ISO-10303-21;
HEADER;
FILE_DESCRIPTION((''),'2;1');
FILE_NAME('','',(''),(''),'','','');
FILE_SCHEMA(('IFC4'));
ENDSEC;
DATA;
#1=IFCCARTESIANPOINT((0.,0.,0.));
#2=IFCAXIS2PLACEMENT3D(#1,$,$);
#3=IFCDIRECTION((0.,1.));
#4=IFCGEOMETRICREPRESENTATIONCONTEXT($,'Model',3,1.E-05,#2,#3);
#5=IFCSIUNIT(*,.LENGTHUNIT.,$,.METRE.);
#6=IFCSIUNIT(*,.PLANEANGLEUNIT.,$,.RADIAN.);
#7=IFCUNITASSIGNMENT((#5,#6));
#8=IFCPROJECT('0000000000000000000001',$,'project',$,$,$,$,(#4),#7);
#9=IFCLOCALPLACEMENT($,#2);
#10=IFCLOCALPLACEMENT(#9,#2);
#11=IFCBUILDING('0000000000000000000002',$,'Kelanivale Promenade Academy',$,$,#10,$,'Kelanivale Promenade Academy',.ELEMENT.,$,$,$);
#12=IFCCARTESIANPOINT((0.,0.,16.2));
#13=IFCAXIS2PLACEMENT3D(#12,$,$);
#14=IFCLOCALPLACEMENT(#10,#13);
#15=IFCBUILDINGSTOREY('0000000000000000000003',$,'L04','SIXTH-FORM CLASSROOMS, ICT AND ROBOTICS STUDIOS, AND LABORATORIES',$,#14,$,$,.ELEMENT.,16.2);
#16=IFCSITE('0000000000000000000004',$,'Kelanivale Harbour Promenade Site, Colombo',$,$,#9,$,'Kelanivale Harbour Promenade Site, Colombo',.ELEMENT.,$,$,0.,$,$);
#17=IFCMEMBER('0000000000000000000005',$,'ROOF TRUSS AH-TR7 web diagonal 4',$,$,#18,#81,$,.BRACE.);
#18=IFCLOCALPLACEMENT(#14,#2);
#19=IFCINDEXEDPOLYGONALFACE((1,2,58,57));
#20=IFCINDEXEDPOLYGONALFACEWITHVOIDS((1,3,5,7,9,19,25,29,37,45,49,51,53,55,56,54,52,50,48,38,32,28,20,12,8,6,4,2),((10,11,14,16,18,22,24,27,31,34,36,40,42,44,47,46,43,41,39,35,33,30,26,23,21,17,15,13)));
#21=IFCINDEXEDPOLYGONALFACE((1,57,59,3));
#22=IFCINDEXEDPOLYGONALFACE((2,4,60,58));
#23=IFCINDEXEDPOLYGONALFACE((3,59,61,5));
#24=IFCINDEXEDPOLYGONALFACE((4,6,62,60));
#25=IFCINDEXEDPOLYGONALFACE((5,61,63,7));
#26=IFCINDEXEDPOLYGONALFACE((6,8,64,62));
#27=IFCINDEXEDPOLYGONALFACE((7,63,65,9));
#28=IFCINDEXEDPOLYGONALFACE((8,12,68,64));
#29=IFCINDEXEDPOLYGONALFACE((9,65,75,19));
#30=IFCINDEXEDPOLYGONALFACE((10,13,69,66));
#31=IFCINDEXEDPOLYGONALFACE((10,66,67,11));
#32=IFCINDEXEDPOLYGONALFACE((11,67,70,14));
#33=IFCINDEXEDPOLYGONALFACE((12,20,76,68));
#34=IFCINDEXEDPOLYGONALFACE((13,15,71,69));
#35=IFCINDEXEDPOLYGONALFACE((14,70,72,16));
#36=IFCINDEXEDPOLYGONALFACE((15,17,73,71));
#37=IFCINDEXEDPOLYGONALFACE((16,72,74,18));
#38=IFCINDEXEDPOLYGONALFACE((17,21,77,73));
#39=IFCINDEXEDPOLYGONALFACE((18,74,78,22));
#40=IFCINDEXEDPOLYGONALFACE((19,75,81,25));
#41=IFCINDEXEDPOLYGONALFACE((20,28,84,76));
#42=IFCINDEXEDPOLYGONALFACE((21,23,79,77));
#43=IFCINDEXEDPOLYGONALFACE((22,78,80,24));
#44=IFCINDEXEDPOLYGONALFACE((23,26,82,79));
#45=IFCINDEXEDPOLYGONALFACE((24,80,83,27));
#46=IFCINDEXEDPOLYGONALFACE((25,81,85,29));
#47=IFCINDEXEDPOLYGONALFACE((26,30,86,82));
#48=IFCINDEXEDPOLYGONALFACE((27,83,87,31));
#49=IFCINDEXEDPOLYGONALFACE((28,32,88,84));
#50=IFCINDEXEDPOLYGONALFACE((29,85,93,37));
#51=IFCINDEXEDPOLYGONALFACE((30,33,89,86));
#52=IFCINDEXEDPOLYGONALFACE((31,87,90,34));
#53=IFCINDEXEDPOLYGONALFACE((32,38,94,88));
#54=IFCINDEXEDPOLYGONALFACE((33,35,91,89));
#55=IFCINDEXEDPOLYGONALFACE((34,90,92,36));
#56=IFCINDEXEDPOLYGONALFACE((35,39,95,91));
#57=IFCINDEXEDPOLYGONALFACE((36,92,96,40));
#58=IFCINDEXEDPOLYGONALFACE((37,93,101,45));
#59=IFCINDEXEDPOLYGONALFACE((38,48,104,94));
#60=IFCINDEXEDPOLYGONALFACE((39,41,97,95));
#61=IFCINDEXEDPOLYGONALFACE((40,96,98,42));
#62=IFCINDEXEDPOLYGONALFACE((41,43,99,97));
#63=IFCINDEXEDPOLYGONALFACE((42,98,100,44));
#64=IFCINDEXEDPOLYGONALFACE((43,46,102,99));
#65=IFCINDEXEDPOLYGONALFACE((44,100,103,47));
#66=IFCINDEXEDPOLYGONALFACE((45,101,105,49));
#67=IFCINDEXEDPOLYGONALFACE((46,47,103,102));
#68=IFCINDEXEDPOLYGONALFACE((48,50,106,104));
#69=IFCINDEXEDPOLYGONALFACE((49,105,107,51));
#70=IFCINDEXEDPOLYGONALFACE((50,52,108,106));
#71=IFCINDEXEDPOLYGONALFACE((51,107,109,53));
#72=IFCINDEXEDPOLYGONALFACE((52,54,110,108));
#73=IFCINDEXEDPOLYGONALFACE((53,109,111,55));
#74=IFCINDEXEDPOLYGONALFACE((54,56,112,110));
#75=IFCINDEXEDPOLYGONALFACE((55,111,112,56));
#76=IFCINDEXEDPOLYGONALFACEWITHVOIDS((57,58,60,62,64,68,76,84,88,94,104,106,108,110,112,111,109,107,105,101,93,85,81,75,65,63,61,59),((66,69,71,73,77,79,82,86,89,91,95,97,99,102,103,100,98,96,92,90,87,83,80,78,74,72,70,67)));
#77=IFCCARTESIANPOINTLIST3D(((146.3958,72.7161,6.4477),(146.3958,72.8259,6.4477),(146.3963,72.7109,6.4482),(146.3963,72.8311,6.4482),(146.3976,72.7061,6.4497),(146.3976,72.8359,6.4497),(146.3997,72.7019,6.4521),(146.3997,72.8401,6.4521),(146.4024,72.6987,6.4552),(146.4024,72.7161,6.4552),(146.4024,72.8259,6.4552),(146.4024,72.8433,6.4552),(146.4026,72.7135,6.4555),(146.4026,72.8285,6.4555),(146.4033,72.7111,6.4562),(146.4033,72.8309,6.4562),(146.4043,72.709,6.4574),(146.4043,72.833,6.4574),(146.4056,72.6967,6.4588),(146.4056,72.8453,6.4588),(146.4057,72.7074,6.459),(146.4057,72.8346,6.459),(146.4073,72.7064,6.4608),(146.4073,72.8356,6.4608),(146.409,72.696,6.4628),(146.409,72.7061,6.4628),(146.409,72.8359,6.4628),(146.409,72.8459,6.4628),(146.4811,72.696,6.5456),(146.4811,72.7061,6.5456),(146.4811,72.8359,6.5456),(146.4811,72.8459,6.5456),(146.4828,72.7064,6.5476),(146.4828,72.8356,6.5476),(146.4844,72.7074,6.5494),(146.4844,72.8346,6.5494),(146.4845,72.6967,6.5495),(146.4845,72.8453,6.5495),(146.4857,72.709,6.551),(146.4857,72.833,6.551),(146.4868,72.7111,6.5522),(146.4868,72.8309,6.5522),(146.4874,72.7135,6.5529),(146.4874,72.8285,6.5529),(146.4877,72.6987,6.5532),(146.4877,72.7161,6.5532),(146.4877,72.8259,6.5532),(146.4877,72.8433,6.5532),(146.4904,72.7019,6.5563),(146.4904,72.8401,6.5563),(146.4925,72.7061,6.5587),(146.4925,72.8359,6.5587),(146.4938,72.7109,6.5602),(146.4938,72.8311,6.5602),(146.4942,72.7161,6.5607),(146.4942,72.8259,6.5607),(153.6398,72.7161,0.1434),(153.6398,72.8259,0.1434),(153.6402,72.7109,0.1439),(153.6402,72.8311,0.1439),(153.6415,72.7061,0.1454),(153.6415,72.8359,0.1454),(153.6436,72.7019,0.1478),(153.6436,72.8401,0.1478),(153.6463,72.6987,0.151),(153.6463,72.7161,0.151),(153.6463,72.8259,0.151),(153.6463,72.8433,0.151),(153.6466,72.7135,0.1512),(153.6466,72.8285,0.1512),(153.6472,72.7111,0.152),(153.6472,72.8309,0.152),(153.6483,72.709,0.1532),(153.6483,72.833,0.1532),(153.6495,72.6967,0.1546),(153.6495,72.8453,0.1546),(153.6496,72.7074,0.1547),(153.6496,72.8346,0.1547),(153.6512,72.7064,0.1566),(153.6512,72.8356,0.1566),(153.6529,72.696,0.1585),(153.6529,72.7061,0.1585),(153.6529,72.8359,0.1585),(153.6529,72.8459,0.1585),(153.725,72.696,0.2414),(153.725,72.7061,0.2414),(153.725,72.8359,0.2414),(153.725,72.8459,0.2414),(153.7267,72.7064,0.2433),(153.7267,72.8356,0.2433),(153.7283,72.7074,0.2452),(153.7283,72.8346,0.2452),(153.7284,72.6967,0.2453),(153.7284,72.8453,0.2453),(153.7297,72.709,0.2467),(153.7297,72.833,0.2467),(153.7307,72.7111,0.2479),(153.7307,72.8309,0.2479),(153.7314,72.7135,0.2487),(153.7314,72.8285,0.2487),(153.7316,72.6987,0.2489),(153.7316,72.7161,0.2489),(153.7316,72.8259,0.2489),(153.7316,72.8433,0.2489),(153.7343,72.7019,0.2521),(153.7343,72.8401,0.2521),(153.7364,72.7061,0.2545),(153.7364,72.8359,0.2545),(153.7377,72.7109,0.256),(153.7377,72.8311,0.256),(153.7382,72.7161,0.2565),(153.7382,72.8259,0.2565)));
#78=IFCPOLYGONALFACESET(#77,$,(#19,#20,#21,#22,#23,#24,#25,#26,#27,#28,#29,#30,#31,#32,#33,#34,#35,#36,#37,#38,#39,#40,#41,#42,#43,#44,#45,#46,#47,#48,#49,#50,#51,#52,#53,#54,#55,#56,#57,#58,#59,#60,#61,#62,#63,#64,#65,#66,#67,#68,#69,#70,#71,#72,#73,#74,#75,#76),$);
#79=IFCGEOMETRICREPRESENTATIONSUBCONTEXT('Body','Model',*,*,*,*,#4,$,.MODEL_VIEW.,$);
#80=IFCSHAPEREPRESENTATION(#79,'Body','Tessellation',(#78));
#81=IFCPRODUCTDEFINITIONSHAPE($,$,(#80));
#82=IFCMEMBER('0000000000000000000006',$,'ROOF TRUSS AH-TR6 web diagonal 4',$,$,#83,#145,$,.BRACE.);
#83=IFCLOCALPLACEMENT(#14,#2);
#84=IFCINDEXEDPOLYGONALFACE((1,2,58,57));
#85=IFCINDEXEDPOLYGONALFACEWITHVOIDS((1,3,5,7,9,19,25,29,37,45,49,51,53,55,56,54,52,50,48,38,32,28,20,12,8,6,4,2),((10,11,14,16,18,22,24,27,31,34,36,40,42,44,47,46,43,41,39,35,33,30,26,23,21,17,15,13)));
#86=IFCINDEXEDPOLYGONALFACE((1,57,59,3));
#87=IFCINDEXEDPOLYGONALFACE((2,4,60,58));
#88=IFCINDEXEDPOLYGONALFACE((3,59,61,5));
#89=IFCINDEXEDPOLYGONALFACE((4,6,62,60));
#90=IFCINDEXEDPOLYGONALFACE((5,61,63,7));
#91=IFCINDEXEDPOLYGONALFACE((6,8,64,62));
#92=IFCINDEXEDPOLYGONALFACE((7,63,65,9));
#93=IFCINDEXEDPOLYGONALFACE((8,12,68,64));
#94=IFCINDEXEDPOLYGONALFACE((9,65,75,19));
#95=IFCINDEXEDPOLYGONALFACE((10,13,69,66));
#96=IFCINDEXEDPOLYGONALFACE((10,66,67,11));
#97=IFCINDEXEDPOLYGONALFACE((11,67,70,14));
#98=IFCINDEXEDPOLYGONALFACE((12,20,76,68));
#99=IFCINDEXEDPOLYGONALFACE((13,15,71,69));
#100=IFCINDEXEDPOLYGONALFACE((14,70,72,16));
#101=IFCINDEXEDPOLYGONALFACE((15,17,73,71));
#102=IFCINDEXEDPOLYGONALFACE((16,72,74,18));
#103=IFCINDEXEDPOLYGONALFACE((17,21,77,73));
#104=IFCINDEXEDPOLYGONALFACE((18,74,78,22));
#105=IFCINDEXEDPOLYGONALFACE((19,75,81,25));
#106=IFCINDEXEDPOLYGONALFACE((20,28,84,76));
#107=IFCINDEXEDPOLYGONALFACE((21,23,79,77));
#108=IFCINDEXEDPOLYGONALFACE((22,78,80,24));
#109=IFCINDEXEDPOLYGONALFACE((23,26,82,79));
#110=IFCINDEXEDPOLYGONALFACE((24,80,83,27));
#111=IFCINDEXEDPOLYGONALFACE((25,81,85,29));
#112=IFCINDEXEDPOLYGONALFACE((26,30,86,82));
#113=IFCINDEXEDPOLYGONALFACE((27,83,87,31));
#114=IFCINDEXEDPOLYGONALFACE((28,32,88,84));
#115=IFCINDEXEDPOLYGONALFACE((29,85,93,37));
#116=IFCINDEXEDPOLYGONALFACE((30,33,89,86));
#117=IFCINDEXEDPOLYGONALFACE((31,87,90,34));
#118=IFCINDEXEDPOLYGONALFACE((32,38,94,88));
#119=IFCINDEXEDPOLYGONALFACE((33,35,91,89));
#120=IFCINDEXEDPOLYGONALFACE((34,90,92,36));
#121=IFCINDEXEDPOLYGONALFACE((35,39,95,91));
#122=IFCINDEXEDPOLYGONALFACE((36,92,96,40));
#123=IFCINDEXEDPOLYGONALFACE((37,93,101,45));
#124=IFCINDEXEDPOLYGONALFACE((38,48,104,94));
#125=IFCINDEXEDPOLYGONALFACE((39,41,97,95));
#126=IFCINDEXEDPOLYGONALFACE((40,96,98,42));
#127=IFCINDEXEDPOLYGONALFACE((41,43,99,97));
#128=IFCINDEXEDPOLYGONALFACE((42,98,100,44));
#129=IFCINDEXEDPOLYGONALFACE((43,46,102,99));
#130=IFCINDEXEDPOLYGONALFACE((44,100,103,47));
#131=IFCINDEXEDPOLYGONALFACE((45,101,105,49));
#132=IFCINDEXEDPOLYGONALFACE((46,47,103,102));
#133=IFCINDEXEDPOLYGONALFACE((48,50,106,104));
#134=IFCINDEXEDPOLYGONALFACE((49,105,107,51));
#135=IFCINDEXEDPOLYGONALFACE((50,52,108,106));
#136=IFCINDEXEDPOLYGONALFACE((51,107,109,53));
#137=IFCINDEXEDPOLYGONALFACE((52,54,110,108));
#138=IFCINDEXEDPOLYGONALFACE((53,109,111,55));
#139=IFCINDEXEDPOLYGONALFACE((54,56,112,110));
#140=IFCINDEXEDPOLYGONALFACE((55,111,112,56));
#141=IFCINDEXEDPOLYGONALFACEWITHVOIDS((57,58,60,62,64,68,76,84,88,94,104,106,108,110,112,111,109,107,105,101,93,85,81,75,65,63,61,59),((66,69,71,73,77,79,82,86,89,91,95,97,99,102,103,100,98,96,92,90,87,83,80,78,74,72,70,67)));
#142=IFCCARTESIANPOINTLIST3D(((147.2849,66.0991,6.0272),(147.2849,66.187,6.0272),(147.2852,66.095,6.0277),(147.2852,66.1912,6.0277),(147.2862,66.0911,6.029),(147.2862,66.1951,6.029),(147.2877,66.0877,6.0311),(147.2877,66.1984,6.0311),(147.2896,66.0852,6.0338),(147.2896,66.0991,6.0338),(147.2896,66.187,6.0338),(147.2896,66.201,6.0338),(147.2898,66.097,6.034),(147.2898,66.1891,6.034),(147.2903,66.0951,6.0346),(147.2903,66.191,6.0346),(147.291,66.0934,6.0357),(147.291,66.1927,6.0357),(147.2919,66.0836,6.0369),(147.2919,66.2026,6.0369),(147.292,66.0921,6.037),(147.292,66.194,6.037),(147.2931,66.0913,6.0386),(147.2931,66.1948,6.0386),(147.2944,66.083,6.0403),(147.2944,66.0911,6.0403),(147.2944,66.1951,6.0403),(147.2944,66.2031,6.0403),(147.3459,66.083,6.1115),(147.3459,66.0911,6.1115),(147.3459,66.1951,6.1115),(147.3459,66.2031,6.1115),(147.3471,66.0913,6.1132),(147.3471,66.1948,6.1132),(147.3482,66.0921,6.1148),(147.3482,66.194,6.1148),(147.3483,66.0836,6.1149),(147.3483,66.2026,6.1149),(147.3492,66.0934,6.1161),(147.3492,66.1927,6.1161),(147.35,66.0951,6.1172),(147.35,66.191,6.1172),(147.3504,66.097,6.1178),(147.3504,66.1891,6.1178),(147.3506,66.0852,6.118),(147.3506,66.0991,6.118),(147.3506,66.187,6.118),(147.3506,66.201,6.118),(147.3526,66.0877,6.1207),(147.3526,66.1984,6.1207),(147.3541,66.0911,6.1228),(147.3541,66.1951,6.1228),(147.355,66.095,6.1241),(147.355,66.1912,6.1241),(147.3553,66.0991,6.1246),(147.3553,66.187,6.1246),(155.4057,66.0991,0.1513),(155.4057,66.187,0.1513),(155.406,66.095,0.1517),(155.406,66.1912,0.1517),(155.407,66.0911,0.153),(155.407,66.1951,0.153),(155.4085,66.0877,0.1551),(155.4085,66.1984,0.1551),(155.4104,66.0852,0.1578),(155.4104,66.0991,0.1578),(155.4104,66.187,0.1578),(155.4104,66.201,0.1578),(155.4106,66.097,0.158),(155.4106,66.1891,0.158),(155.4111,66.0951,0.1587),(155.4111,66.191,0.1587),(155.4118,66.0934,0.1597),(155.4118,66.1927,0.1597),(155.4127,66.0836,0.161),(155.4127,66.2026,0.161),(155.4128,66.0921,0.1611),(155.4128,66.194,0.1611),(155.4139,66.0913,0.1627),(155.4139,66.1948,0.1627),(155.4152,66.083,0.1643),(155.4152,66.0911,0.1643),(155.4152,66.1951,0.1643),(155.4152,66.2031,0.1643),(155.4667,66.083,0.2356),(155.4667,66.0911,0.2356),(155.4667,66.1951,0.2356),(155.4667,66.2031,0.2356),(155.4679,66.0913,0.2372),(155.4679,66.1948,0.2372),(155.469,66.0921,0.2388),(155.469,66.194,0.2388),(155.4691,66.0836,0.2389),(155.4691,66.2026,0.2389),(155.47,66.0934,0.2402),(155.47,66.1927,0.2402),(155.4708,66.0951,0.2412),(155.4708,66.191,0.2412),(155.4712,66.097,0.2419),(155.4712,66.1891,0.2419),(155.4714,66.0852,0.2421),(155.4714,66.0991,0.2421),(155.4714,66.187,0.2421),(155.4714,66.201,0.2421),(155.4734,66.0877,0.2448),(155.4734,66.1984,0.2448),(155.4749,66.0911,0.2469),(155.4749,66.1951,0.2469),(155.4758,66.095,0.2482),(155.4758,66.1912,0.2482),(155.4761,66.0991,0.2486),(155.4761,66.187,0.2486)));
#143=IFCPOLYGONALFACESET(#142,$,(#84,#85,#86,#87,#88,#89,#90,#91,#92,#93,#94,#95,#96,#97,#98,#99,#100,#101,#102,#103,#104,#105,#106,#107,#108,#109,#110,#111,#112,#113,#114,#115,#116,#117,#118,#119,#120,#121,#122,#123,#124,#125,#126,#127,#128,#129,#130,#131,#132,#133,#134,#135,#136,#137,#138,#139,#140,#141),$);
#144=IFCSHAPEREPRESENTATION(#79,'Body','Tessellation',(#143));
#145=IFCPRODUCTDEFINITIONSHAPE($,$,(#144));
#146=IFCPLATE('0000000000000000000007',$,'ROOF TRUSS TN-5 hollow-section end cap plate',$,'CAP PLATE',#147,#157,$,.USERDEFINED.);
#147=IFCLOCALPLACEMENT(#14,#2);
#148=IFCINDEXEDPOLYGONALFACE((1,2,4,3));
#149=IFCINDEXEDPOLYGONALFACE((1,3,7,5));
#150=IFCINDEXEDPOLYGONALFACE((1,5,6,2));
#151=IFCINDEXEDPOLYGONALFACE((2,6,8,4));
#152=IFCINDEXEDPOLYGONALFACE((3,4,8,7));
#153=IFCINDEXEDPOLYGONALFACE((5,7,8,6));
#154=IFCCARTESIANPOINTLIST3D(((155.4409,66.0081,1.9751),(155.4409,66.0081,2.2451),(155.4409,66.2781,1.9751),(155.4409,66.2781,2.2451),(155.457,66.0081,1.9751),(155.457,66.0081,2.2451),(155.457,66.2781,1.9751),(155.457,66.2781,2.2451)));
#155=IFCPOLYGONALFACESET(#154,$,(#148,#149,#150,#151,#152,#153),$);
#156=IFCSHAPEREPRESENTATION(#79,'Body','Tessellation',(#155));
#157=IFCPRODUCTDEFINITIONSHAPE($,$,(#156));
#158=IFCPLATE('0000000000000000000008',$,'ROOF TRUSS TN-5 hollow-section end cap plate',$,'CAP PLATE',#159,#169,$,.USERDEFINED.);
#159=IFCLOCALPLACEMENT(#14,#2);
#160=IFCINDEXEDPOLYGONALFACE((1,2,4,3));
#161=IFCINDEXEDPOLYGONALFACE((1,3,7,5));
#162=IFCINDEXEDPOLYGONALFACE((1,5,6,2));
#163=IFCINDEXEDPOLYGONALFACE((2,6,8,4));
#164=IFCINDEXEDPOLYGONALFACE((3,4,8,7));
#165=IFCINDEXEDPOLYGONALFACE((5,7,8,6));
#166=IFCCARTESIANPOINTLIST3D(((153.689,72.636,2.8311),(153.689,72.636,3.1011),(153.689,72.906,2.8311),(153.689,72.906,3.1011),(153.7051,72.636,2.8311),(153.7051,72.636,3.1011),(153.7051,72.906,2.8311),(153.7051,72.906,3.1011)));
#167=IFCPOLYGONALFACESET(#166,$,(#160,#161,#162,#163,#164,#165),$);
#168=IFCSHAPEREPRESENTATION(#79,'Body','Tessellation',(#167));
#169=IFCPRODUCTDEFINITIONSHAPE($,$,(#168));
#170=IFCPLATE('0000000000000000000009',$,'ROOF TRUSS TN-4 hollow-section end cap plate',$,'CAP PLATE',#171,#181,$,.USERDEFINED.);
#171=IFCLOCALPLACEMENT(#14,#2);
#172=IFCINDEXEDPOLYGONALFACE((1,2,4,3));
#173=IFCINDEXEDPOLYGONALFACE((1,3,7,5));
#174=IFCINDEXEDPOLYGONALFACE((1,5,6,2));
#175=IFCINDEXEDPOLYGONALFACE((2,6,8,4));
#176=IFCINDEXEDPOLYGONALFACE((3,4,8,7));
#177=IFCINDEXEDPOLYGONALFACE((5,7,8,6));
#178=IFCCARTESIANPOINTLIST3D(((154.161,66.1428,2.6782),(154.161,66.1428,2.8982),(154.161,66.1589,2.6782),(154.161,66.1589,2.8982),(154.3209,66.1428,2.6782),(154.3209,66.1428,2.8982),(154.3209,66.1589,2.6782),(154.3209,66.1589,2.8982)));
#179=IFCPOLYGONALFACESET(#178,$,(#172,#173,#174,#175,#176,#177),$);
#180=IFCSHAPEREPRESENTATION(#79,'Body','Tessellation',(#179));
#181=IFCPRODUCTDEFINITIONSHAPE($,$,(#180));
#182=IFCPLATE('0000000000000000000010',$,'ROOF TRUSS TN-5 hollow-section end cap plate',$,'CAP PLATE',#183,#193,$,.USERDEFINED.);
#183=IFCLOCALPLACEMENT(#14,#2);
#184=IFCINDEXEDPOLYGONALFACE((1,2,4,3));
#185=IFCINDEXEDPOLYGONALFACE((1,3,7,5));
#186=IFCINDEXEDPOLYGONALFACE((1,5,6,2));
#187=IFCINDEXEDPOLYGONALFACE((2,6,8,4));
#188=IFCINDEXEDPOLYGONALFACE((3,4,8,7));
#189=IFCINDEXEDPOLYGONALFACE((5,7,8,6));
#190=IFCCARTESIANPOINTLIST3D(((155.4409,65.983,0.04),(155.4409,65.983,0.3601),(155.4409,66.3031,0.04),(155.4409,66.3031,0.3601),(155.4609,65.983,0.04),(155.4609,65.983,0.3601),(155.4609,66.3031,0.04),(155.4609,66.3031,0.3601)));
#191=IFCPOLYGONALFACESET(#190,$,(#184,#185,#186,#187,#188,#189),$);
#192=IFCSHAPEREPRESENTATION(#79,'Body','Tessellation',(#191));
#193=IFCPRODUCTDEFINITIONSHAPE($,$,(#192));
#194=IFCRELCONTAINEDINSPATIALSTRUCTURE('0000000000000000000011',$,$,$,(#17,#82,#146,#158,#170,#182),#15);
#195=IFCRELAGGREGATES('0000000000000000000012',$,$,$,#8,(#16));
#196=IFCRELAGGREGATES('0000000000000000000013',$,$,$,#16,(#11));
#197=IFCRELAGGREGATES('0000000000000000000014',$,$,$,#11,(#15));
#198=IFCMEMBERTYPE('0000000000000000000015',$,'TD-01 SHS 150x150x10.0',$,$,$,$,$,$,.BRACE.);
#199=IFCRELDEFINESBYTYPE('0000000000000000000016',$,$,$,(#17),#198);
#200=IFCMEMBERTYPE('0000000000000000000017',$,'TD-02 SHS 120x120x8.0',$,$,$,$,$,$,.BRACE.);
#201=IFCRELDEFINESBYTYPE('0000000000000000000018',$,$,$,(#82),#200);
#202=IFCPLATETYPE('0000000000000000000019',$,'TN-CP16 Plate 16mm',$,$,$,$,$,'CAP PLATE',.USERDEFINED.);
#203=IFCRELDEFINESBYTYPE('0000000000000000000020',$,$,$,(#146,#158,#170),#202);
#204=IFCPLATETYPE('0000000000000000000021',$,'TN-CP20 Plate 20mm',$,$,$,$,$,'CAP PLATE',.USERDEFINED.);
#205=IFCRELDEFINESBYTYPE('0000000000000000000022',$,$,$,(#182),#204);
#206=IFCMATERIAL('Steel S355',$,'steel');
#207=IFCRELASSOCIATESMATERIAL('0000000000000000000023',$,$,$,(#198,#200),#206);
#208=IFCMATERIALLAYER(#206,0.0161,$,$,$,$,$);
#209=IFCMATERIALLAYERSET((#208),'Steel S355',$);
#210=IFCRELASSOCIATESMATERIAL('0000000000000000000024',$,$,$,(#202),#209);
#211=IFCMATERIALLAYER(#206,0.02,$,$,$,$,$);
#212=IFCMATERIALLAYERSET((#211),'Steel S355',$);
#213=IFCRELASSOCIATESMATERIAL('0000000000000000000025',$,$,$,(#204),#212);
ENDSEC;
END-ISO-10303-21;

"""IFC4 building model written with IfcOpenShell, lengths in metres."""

from ifc_helpers import new_model, si_unit, direction, frame, origin, origin_2d, place, context, subcontext, project, spatial, rectangle, hollow_rectangle, extrude, material, layer, layer_set, material_profile, profile_set, type_object, element, save


model = new_model("IFC4")

# Units and contexts
model_context = context("Model", 3, precision=1e-05, world=origin(), true_north=direction((0.0, 1.0)))
body_context = subcontext(model_context, "Body", "Model", "MODEL_VIEW")
ifc_project = project(units=[si_unit("LENGTHUNIT", "METRE"), si_unit("PLANEANGLEUNIT", "RADIAN")], contexts=[model_context])

# Site, building, storey
site_placement = place(None, origin())
site = spatial("IfcSite", under=ifc_project, at=site_placement, Name="Kelanivale Harbour Promenade Site, Colombo", LongName="Kelanivale Harbour Promenade Site, Colombo", CompositionType="ELEMENT", RefElevation=0.0)
building_placement = place(site_placement, origin())
building = spatial("IfcBuilding", under=site, at=building_placement, Name="Kelanivale Promenade Academy", LongName="Kelanivale Promenade Academy", CompositionType="ELEMENT")
storey_placement = place(building_placement, frame((0.0, 0.0, 16.2)))
storey = spatial("IfcBuildingStorey", under=building, at=storey_placement, Name="L04", Description="SIXTH-FORM CLASSROOMS, ICT AND ROBOTICS STUDIOS, AND LABORATORIES", CompositionType="ELEMENT", Elevation=16.2)

# Shared definitions
ifc_material_1 = material(Name="Steel S355", Category="steel")

# Members
ifc_material_profile_1 = material_profile(ifc_material_1, hollow_rectangle(XDim=0.1499, YDim=0.1499, WallThickness=0.01, InnerFilletRadius=0.01, OuterFilletRadius=0.02, at=origin_2d()), Name="SHS 150x150x10.0")
ifc_profile_set_1 = profile_set([ifc_material_profile_1], Name="Steel S355")
member_type_1 = type_object("IfcMemberType", Name="TD-01 SHS 150x150x10.0", PredefinedType="BRACE", material=ifc_profile_set_1)
member_1_placement = place(storey_placement, frame((153.689, 72.771, 0.2), z_axis=(-0.754339, 0.0, 0.656485), x_axis=(0.0, -1.0, 0.0)))
element("IfcMember", 1, at=member_1_placement, inside=storey, type_object=member_type_1, Name="ROOF TRUSS AH-TR7 web diagonal 4", PredefinedType="BRACE", context=body_context, shape_type="SweptSolid", body=[
    extrude(hollow_rectangle(XDim=0.1499, YDim=0.1499, WallThickness=0.01, InnerFilletRadius=0.01, OuterFilletRadius=0.02, at=origin_2d()), origin(), (0.0, 0.0, 1.0), 9.603),
])
ifc_material_profile_2 = material_profile(ifc_material_1, hollow_rectangle(XDim=0.1201, YDim=0.1201, WallThickness=0.0081, InnerFilletRadius=0.0081, OuterFilletRadius=0.0161, at=origin_2d()), Name="SHS 120x120x8.0")
ifc_profile_set_2 = profile_set([ifc_material_profile_2], Name="Steel S355")
member_type_2 = type_object("IfcMemberType", Name="TD-02 SHS 120x120x8.0", PredefinedType="BRACE", material=ifc_profile_set_2)
member_2_placement = place(storey_placement, frame((155.4409, 66.1431, 0.2), z_axis=(-0.810162, 0.0, 0.586206), x_axis=(0.0, -1.0, 0.0)))
element("IfcMember", 2, at=member_2_placement, inside=storey, type_object=member_type_2, Name="ROOF TRUSS AH-TR6 web diagonal 4", PredefinedType="BRACE", context=body_context, shape_type="SweptSolid", body=[
    extrude(hollow_rectangle(XDim=0.1201, YDim=0.1201, WallThickness=0.0081, InnerFilletRadius=0.0081, OuterFilletRadius=0.0161, at=origin_2d()), origin(), (0.0, 0.0, 1.0), 10.0237),
])

# Plates
ifc_layer_1 = layer(ifc_material_1, 0.0161)
ifc_layer_set_1 = layer_set([ifc_layer_1], Name="Steel S355")
plate_type_1 = type_object("IfcPlateType", Name="TN-CP16 Plate 16mm", ElementType="CAP PLATE", PredefinedType="USERDEFINED", material=ifc_layer_set_1)
for number, where, z_axis, x_axis, name in (
    (3, (155.449, 66.1431, 1.9751), (0.0, 0.0, 1.0), (1.0, 0.0, 0.0), "ROOF TRUSS TN-5 hollow-section end cap plate"),
    (4, (153.697, 72.771, 2.8311), (0.0, 0.0, 1.0), (1.0, 0.0, 0.0), "ROOF TRUSS TN-5 hollow-section end cap plate"),
):
    element("IfcPlate", number, at=place(storey_placement, frame(where, z_axis=z_axis, x_axis=x_axis)), inside=storey, type_object=plate_type_1, Name=name, ObjectType="CAP PLATE", PredefinedType="USERDEFINED", context=body_context, shape_type="SweptSolid", body=[
        extrude(rectangle(XDim=0.0161, YDim=0.27, at=origin_2d()), origin(), (0.0, 0.0, 1.0), 0.27),
    ])
plate_1_placement = place(storey_placement, frame((154.241, 66.1509, 2.6782), z_axis=(0.0, 0.0, 1.0), x_axis=(0.0, 1.0, 0.0)))
element("IfcPlate", 5, at=plate_1_placement, inside=storey, type_object=plate_type_1, Name="ROOF TRUSS TN-4 hollow-section end cap plate", ObjectType="CAP PLATE", PredefinedType="USERDEFINED", context=body_context, shape_type="SweptSolid", body=[
    extrude(rectangle(XDim=0.0161, YDim=0.1599, at=origin_2d()), origin(), (0.0, 0.0, 1.0), 0.22),
])
ifc_layer_2 = layer(ifc_material_1, 0.02)
ifc_layer_set_2 = layer_set([ifc_layer_2], Name="Steel S355")
plate_type_2 = type_object("IfcPlateType", Name="TN-CP20 Plate 20mm", ElementType="CAP PLATE", PredefinedType="USERDEFINED", material=ifc_layer_set_2)
for number, where, z_axis, x_axis, name in (
    (6, (155.4509, 66.1431, 0.04), (0.0, 0.0, 1.0), (1.0, 0.0, 0.0), "ROOF TRUSS TN-5 hollow-section end cap plate"),
):
    element("IfcPlate", number, at=place(storey_placement, frame(where, z_axis=z_axis, x_axis=x_axis)), inside=storey, type_object=plate_type_2, Name=name, ObjectType="CAP PLATE", PredefinedType="USERDEFINED", context=body_context, shape_type="SweptSolid", body=[
        extrude(rectangle(XDim=0.02, YDim=0.3201, at=origin_2d()), origin(), (0.0, 0.0, 1.0), 0.3201),
    ])

save(model, "model.ifc")
